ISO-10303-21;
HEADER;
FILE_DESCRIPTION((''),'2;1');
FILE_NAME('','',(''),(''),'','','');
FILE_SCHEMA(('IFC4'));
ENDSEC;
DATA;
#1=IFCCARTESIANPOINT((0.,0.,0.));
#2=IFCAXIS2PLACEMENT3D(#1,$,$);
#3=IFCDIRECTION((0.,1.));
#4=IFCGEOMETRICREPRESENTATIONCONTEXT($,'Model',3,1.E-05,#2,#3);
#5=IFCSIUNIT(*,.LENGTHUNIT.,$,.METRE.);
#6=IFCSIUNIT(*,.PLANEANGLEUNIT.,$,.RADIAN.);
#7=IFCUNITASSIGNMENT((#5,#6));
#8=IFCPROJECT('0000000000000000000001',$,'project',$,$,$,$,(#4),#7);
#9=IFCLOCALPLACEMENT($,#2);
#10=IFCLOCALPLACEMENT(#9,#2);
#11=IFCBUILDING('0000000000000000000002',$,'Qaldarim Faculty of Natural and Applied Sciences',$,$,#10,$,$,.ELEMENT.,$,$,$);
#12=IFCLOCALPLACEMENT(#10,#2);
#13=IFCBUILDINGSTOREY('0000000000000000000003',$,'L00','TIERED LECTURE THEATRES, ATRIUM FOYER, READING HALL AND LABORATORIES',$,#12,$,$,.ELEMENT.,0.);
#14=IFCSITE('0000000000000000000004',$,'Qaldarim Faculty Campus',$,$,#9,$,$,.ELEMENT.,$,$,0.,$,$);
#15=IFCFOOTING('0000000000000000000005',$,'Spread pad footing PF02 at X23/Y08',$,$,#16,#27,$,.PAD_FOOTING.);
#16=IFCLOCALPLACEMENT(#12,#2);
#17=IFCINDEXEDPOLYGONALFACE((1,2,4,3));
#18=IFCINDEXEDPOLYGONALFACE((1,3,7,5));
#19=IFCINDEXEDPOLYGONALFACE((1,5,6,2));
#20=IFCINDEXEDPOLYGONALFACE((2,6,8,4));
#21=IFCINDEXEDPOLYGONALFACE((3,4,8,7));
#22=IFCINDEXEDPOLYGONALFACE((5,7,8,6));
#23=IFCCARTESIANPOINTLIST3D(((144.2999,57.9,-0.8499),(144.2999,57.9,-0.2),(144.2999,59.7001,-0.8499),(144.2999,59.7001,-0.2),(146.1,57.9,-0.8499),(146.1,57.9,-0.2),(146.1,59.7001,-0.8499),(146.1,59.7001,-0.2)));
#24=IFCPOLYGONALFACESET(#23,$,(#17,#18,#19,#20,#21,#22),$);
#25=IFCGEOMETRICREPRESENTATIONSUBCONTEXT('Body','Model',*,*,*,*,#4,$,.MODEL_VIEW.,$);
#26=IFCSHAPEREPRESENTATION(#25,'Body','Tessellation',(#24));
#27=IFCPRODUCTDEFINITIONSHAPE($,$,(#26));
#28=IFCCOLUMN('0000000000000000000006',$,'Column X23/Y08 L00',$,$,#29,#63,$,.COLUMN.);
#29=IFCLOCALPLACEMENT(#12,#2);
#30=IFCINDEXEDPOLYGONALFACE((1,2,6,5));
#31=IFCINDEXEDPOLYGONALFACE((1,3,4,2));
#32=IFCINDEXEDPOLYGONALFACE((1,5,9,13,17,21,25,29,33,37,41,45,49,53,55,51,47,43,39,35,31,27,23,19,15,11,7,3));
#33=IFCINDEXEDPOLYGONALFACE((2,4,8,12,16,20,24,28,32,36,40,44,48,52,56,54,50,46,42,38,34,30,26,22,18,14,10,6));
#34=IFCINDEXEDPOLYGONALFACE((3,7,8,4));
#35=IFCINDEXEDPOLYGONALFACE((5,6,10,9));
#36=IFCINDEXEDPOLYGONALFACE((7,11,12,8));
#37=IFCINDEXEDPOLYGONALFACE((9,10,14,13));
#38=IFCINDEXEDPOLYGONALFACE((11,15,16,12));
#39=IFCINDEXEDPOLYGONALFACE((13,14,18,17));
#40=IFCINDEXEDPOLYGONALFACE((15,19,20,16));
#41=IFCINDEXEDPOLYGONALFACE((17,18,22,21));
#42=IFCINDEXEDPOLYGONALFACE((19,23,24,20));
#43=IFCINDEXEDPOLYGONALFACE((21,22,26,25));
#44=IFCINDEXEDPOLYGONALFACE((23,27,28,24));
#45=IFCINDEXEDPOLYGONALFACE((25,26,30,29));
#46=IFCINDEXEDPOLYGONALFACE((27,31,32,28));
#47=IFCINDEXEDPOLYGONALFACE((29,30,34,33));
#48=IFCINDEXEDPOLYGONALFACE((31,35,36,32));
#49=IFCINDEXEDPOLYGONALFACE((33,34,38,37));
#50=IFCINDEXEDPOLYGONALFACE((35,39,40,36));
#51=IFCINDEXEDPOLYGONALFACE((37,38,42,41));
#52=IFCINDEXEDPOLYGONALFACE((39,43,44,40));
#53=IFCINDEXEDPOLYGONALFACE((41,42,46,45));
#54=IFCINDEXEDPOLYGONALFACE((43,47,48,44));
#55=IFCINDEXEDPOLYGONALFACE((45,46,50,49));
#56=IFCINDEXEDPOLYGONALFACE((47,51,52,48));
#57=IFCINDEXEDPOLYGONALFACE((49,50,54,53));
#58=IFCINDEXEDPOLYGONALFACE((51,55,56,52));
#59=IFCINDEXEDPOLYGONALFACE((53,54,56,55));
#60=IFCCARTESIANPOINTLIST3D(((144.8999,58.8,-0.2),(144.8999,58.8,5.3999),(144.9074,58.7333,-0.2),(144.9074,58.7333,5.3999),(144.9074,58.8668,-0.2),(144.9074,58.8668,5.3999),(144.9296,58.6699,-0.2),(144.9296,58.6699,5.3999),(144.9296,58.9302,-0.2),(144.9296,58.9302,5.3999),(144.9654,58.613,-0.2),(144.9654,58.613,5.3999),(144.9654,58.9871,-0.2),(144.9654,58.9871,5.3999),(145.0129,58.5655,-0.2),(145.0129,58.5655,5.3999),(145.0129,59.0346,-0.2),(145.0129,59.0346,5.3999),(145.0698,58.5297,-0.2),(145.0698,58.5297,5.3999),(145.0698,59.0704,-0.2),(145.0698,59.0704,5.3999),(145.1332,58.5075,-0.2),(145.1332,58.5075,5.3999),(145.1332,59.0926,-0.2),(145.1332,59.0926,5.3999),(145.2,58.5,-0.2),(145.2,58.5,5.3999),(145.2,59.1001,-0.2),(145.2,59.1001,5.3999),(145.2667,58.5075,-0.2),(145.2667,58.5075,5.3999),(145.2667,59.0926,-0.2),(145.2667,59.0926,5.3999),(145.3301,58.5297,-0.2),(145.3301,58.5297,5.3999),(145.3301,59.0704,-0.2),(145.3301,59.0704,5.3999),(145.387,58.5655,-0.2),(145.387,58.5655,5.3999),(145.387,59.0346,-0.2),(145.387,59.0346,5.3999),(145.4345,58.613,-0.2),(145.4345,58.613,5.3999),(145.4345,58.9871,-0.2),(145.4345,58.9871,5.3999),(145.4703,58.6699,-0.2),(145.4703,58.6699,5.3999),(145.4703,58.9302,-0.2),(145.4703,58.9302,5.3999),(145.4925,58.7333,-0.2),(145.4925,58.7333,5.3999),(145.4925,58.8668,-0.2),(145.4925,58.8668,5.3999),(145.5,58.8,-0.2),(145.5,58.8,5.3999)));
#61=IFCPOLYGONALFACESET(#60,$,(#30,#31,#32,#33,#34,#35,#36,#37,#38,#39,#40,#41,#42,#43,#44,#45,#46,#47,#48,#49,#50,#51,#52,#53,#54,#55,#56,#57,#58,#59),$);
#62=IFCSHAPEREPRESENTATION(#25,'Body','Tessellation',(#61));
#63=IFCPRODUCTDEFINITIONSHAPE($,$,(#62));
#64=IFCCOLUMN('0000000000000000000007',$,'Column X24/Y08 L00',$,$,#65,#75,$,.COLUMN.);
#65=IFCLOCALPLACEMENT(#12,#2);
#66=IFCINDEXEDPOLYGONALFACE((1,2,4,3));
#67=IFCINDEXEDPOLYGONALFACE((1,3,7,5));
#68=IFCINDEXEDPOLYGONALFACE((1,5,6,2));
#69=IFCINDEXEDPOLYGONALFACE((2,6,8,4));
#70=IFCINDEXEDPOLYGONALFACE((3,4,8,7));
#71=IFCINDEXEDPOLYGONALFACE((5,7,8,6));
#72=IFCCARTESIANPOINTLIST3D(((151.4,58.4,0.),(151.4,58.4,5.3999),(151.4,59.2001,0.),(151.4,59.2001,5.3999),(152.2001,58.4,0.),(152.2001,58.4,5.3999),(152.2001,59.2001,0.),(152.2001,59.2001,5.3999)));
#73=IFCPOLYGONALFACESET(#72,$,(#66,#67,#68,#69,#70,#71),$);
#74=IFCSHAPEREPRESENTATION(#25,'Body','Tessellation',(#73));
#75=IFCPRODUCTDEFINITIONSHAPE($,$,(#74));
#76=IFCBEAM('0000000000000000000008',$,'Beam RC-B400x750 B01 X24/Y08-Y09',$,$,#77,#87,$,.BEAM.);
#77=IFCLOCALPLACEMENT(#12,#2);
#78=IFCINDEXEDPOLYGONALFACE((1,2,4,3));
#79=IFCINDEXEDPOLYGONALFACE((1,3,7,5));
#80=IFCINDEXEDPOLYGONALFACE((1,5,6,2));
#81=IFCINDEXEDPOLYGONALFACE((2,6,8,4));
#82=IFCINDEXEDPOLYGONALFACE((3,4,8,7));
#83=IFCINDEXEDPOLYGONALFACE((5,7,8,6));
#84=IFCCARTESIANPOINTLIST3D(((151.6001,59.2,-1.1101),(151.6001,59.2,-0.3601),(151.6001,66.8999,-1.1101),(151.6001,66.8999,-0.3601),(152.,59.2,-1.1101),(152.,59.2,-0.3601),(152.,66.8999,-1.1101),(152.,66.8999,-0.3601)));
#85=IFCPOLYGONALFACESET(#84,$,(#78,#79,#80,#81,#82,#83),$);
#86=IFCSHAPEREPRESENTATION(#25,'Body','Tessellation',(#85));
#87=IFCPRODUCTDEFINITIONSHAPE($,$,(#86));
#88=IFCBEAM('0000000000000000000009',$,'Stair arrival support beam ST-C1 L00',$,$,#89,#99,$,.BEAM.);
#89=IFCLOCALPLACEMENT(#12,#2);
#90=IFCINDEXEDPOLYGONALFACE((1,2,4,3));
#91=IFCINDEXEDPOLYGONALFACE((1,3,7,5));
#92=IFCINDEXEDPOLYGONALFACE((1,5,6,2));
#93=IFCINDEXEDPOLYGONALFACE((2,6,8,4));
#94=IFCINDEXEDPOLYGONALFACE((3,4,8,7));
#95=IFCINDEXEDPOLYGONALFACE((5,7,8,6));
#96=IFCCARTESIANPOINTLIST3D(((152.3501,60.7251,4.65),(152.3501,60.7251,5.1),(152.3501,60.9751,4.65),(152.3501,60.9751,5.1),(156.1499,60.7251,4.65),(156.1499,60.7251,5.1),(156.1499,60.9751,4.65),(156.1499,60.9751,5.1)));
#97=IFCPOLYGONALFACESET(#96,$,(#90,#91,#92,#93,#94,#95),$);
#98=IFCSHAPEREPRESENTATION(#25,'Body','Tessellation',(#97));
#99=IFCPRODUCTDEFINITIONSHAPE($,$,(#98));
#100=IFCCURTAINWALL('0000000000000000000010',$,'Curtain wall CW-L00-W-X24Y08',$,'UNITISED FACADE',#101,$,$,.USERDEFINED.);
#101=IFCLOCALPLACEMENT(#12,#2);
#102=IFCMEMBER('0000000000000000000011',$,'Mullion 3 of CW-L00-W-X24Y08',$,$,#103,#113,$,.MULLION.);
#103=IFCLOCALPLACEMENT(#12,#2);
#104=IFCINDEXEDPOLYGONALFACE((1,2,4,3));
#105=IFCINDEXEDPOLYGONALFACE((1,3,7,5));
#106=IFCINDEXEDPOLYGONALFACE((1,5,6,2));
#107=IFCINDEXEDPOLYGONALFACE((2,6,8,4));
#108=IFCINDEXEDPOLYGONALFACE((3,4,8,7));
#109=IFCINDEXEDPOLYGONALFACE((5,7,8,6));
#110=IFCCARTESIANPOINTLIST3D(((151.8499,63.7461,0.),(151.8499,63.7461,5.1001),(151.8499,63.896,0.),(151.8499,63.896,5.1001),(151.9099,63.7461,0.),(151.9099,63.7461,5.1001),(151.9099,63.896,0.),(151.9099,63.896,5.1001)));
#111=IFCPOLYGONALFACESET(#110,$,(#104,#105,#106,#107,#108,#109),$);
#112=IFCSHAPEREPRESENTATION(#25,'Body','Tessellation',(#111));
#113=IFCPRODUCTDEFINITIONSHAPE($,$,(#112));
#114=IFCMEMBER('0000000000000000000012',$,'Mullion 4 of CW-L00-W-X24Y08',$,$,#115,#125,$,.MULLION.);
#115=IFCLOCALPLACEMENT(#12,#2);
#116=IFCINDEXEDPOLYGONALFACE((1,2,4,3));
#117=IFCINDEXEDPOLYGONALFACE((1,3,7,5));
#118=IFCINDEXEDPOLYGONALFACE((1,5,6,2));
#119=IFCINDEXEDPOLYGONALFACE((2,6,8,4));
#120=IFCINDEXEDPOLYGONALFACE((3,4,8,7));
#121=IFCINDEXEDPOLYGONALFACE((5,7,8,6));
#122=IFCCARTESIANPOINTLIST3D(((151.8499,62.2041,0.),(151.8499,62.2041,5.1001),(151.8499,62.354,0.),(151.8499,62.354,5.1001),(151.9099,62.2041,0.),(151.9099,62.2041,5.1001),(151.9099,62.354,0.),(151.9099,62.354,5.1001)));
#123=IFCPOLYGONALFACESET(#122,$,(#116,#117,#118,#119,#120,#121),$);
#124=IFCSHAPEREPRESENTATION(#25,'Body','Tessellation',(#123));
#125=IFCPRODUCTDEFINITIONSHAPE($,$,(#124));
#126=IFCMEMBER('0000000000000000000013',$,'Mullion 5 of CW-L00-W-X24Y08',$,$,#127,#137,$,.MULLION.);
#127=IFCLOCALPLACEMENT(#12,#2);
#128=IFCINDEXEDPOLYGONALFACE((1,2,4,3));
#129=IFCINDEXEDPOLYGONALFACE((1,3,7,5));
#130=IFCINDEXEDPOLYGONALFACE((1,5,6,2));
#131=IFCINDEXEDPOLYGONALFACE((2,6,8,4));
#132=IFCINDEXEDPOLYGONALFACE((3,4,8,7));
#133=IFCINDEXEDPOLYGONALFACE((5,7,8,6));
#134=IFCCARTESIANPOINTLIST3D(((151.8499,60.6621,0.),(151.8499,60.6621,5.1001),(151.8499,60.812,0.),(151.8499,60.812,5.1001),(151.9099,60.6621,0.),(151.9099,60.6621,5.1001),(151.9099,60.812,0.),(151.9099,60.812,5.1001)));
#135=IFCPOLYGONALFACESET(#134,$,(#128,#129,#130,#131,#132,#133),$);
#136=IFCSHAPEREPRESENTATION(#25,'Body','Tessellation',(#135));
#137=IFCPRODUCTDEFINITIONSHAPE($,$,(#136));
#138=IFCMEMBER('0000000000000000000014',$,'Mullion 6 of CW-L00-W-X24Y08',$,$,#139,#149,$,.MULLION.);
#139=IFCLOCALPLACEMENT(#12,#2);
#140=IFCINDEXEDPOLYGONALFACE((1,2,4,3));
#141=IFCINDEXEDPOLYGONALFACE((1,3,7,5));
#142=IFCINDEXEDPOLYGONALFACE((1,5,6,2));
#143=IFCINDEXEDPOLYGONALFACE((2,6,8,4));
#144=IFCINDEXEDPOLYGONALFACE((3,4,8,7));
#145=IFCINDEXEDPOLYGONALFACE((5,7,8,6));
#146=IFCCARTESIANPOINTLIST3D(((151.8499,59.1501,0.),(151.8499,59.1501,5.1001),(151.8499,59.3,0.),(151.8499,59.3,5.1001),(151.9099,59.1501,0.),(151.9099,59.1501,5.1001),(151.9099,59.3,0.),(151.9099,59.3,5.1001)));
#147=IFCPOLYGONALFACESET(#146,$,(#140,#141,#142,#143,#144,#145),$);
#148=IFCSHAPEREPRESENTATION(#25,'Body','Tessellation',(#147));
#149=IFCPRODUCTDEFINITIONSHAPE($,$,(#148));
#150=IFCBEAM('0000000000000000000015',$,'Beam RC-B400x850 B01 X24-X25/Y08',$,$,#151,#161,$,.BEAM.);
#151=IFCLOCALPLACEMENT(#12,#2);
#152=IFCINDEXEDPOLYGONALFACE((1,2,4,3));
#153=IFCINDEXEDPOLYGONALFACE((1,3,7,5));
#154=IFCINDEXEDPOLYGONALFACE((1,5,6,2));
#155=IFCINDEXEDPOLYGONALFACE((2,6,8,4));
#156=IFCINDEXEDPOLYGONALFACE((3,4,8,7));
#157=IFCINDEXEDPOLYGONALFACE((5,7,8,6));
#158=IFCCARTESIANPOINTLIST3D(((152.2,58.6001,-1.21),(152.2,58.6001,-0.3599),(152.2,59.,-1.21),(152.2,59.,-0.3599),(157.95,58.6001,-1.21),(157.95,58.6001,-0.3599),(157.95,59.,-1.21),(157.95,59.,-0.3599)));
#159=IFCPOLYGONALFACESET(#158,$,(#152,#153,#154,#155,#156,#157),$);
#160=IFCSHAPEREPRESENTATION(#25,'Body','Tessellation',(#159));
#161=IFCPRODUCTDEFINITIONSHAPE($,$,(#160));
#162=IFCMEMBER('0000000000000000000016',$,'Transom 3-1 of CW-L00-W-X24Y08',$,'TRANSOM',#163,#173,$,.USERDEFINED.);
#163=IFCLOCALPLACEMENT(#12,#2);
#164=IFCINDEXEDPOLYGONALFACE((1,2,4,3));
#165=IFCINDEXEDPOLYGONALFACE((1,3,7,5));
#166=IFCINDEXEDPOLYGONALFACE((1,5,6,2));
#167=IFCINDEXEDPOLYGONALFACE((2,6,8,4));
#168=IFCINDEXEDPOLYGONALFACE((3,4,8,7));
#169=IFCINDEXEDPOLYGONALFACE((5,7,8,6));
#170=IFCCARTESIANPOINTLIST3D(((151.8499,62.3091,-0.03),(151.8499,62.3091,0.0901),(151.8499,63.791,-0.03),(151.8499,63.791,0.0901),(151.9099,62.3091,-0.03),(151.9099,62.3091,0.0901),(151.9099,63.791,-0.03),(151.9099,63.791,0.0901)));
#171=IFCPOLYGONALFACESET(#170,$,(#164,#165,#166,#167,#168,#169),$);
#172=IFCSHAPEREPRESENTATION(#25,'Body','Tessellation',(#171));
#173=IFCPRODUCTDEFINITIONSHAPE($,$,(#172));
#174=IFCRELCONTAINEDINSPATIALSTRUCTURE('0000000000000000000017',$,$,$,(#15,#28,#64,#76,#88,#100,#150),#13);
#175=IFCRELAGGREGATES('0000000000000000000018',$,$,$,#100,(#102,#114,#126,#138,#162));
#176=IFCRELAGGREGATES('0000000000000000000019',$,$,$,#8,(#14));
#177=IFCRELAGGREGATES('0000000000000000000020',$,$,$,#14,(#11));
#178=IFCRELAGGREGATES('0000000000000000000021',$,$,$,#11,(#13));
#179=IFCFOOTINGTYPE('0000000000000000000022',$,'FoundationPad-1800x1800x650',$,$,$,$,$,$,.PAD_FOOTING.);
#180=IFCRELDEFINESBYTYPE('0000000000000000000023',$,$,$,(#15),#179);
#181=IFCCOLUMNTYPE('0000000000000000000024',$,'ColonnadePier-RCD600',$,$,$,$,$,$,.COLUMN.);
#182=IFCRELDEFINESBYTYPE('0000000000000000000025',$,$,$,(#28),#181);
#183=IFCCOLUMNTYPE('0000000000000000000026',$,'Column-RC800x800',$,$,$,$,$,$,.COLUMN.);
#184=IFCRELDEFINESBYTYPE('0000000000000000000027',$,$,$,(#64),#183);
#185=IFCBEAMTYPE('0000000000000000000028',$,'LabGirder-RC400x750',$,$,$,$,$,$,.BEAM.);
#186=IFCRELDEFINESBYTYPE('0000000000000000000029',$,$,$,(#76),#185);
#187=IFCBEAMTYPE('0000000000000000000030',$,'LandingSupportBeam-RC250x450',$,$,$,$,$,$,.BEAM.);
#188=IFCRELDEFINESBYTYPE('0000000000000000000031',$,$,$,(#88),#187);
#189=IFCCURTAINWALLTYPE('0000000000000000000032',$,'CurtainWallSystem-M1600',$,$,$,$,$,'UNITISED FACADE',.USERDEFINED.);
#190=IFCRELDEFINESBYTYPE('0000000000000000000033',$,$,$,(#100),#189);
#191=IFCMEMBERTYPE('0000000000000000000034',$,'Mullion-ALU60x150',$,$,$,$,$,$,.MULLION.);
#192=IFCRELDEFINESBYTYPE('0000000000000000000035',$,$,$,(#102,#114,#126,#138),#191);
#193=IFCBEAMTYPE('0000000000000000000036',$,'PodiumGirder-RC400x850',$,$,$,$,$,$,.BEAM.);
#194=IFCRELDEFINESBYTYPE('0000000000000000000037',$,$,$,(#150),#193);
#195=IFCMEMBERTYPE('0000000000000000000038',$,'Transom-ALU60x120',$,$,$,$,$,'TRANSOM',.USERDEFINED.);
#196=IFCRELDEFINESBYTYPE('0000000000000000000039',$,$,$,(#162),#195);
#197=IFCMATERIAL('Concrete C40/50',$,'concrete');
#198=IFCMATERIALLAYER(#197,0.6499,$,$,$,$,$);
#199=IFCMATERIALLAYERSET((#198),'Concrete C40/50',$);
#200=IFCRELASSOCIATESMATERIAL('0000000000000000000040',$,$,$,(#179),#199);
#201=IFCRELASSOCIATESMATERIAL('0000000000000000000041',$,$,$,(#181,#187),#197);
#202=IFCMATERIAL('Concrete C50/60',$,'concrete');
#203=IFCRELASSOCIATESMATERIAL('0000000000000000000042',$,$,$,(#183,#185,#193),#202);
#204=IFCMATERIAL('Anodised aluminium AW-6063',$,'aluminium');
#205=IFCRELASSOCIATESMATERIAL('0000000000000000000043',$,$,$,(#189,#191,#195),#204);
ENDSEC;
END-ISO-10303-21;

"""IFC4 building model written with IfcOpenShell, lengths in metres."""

from ifc_helpers import new_model, si_unit, direction, frame, origin, origin_2d, place, context, subcontext, project, spatial, rectangle, circle, extrude, material, layer, layer_set, material_profile, profile_set, type_object, element, aggregate, save


model = new_model("IFC4")

# Units and contexts
model_context = context("Model", 3, precision=1e-05, world=origin(), true_north=direction((0.0, 1.0)))
body_context = subcontext(model_context, "Body", "Model", "MODEL_VIEW")
ifc_project = project(units=[si_unit("LENGTHUNIT", "METRE"), si_unit("PLANEANGLEUNIT", "RADIAN")], contexts=[model_context])

# Site, building, storey
site_placement = place(None, origin())
site = spatial("IfcSite", under=ifc_project, at=site_placement, Name="Qaldarim Faculty Campus", CompositionType="ELEMENT", RefElevation=0.0)
building_placement = place(site_placement, origin())
building = spatial("IfcBuilding", under=site, at=building_placement, Name="Qaldarim Faculty of Natural and Applied Sciences", CompositionType="ELEMENT")
storey_placement = place(building_placement, origin())
storey = spatial("IfcBuildingStorey", under=building, at=storey_placement, Name="L00", Description="TIERED LECTURE THEATRES, ATRIUM FOYER, READING HALL AND LABORATORIES", CompositionType="ELEMENT", Elevation=0.0)

# Footing
ifc_material_1 = material(Name="Concrete C40/50", Category="concrete")
ifc_layer_1 = layer(ifc_material_1, 0.6499)
ifc_layer_set_1 = layer_set([ifc_layer_1], Name="Concrete C40/50")
footing_type = type_object("IfcFootingType", Name="FoundationPad-1800x1800x650", PredefinedType="PAD_FOOTING", material=ifc_layer_set_1)
footing_placement = place(storey_placement, frame((145.2, 58.8, -0.8499), z_axis=(0.0, 0.0, 1.0), x_axis=(1.0, 0.0, 0.0)))
element("IfcFooting", 1, at=footing_placement, inside=storey, type_object=footing_type, Name="Spread pad footing PF02 at X23/Y08", PredefinedType="PAD_FOOTING", context=body_context, shape_type="SweptSolid", body=[
    extrude(rectangle(XDim=1.8, YDim=1.8, at=origin_2d()), origin(), (0.0, 0.0, 1.0), 0.6499),
])

# Columns
ifc_material_profile_1 = material_profile(ifc_material_1, circle(Radius=0.3, at=origin_2d()), Name="RC-D600")
ifc_profile_set_1 = profile_set([ifc_material_profile_1], Name="Concrete C40/50")
column_type_1 = type_object("IfcColumnType", Name="ColonnadePier-RCD600", PredefinedType="COLUMN", material=ifc_profile_set_1)
column_1_placement = place(storey_placement, frame((145.2, 58.8, -0.2), z_axis=(0.0, 0.0, 1.0), x_axis=(1.0, 0.0, 0.0)))
element("IfcColumn", 2, at=column_1_placement, inside=storey, type_object=column_type_1, Name="Column X23/Y08 L00", PredefinedType="COLUMN", context=body_context, shape_type="SweptSolid", body=[
    extrude(circle(Radius=0.3, at=origin_2d()), origin(), (0.0, 0.0, 1.0), 5.5999),
])
ifc_material_2 = material(Name="Concrete C50/60", Category="concrete")
ifc_material_profile_2 = material_profile(ifc_material_2, rectangle(XDim=0.8, YDim=0.8, at=origin_2d()), Name="RC-C800x800")
ifc_profile_set_2 = profile_set([ifc_material_profile_2], Name="Concrete C50/60")
column_type_2 = type_object("IfcColumnType", Name="Column-RC800x800", PredefinedType="COLUMN", material=ifc_profile_set_2)
column_2_placement = place(storey_placement, frame((151.8, 58.8, 0.0), z_axis=(0.0, 0.0, 1.0), x_axis=(1.0, 0.0, 0.0)))
element("IfcColumn", 3, at=column_2_placement, inside=storey, type_object=column_type_2, Name="Column X24/Y08 L00", PredefinedType="COLUMN", context=body_context, shape_type="SweptSolid", body=[
    extrude(rectangle(XDim=0.8, YDim=0.8, at=origin_2d()), origin(), (0.0, 0.0, 1.0), 5.3999),
])

# Beams
ifc_material_profile_3 = material_profile(ifc_material_2, rectangle(XDim=0.3999, YDim=0.75, at=origin_2d()), Name="RC-B400x750")
ifc_profile_set_3 = profile_set([ifc_material_profile_3], Name="Concrete C50/60")
beam_type_1 = type_object("IfcBeamType", Name="LabGirder-RC400x750", PredefinedType="BEAM", material=ifc_profile_set_3)
beam_1_placement = place(storey_placement, frame((151.8, 59.2, -0.7351), z_axis=(0.0, 1.0, 0.0), x_axis=(-1.0, 0.0, 0.0)))
element("IfcBeam", 4, at=beam_1_placement, inside=storey, type_object=beam_type_1, Name="Beam RC-B400x750 B01 X24/Y08-Y09", PredefinedType="BEAM", context=body_context, shape_type="SweptSolid", body=[
    extrude(rectangle(XDim=0.3999, YDim=0.75, at=origin_2d()), origin(), (0.0, 0.0, 1.0), 7.7),
])
ifc_material_profile_4 = material_profile(ifc_material_1, rectangle(XDim=0.25, YDim=0.45, at=origin_2d()), Name="RC-LN250x450")
ifc_profile_set_4 = profile_set([ifc_material_profile_4], Name="Concrete C40/50")
beam_type_2 = type_object("IfcBeamType", Name="LandingSupportBeam-RC250x450", PredefinedType="BEAM", material=ifc_profile_set_4)
beam_2_placement = place(storey_placement, frame((152.3501, 60.8501, 4.875), z_axis=(1.0, 0.0, 0.0), x_axis=(0.0, 1.0, 0.0)))
element("IfcBeam", 5, at=beam_2_placement, inside=storey, type_object=beam_type_2, Name="Stair arrival support beam ST-C1 L00", PredefinedType="BEAM", context=body_context, shape_type="SweptSolid", body=[
    extrude(rectangle(XDim=0.25, YDim=0.45, at=origin_2d()), origin(), (0.0, 0.0, 1.0), 3.7998),
])

# Curtain wall, members
ifc_material_3 = material(Name="Anodised aluminium AW-6063", Category="aluminium")
curtain_wall_type = type_object("IfcCurtainWallType", Name="CurtainWallSystem-M1600", ElementType="UNITISED FACADE", PredefinedType="USERDEFINED", material=ifc_material_3)
curtain_wall_placement = place(storey_placement, origin())
curtain_wall = element("IfcCurtainWall", 6, at=curtain_wall_placement, inside=storey, type_object=curtain_wall_type, Name="Curtain wall CW-L00-W-X24Y08", ObjectType="UNITISED FACADE", PredefinedType="USERDEFINED")
ifc_material_profile_5 = material_profile(ifc_material_3, rectangle(XDim=0.0601, YDim=0.1499, at=origin_2d()), Name="ALU-M60x150")
ifc_profile_set_5 = profile_set([ifc_material_profile_5], Name="Anodised aluminium AW-6063")
member_type_1 = type_object("IfcMemberType", Name="Mullion-ALU60x150", PredefinedType="MULLION", material=ifc_profile_set_5)
member_1_placement = place(storey_placement, frame((151.8799, 63.821, 0.0), z_axis=(0.0, 0.0, 1.0), x_axis=(1.0, 0.0, 0.0)))
member_1 = element("IfcMember", 7, at=member_1_placement, type_object=member_type_1, Name="Mullion 3 of CW-L00-W-X24Y08", PredefinedType="MULLION", context=body_context, shape_type="SweptSolid", body=[
    extrude(rectangle(XDim=0.0601, YDim=0.1499, at=origin_2d()), origin(), (0.0, 0.0, 1.0), 5.1001),
])
member_2_placement = place(storey_placement, frame((151.8799, 62.2791, 0.0), z_axis=(0.0, 0.0, 1.0), x_axis=(1.0, 0.0, 0.0)))
member_2 = element("IfcMember", 8, at=member_2_placement, type_object=member_type_1, Name="Mullion 4 of CW-L00-W-X24Y08", PredefinedType="MULLION", context=body_context, shape_type="SweptSolid", body=[
    extrude(rectangle(XDim=0.0601, YDim=0.1499, at=origin_2d()), origin(), (0.0, 0.0, 1.0), 5.1001),
])
member_3_placement = place(storey_placement, frame((151.8799, 60.7371, 0.0), z_axis=(0.0, 0.0, 1.0), x_axis=(1.0, 0.0, 0.0)))
member_3 = element("IfcMember", 9, at=member_3_placement, type_object=member_type_1, Name="Mullion 5 of CW-L00-W-X24Y08", PredefinedType="MULLION", context=body_context, shape_type="SweptSolid", body=[
    extrude(rectangle(XDim=0.0601, YDim=0.1499, at=origin_2d()), origin(), (0.0, 0.0, 1.0), 5.1001),
])
member_4_placement = place(storey_placement, frame((151.8799, 59.2251, 0.0), z_axis=(0.0, 0.0, 1.0), x_axis=(1.0, 0.0, 0.0)))
member_4 = element("IfcMember", 10, at=member_4_placement, type_object=member_type_1, Name="Mullion 6 of CW-L00-W-X24Y08", PredefinedType="MULLION", context=body_context, shape_type="SweptSolid", body=[
    extrude(rectangle(XDim=0.0601, YDim=0.1499, at=origin_2d()), origin(), (0.0, 0.0, 1.0), 5.1001),
])

# Beam
ifc_material_profile_6 = material_profile(ifc_material_2, rectangle(XDim=0.3999, YDim=0.8501, at=origin_2d()), Name="RC-B400x850")
ifc_profile_set_6 = profile_set([ifc_material_profile_6], Name="Concrete C50/60")
beam_type_3 = type_object("IfcBeamType", Name="PodiumGirder-RC400x850", PredefinedType="BEAM", material=ifc_profile_set_6)
beam_3_placement = place(storey_placement, frame((152.2, 58.8, -0.7849), z_axis=(1.0, 0.0, 0.0), x_axis=(0.0, 1.0, 0.0)))
element("IfcBeam", 11, at=beam_3_placement, inside=storey, type_object=beam_type_3, Name="Beam RC-B400x850 B01 X24-X25/Y08", PredefinedType="BEAM", context=body_context, shape_type="SweptSolid", body=[
    extrude(rectangle(XDim=0.3999, YDim=0.8501, at=origin_2d()), origin(), (0.0, 0.0, 1.0), 5.75),
])

# Member
ifc_material_profile_7 = material_profile(ifc_material_3, rectangle(XDim=0.0601, YDim=0.1201, at=origin_2d()), Name="ALU-T60x120")
ifc_profile_set_7 = profile_set([ifc_material_profile_7], Name="Anodised aluminium AW-6063")
member_type_2 = type_object("IfcMemberType", Name="Transom-ALU60x120", ElementType="TRANSOM", PredefinedType="USERDEFINED", material=ifc_profile_set_7)
member_5_placement = place(storey_placement, frame((151.8799, 63.791, 0.03), z_axis=(0.0, -1.0, 0.0), x_axis=(1.0, 0.0, 0.0)))
member_5 = element("IfcMember", 12, at=member_5_placement, type_object=member_type_2, Name="Transom 3-1 of CW-L00-W-X24Y08", ObjectType="TRANSOM", PredefinedType="USERDEFINED", context=body_context, shape_type="SweptSolid", body=[
    extrude(rectangle(XDim=0.0601, YDim=0.1201, at=origin_2d()), origin(), (0.0, 0.0, 1.0), 1.4819),
])

aggregate(curtain_wall, [member_1, member_2, member_3, member_4, member_5])

save(model, "model.ifc")
